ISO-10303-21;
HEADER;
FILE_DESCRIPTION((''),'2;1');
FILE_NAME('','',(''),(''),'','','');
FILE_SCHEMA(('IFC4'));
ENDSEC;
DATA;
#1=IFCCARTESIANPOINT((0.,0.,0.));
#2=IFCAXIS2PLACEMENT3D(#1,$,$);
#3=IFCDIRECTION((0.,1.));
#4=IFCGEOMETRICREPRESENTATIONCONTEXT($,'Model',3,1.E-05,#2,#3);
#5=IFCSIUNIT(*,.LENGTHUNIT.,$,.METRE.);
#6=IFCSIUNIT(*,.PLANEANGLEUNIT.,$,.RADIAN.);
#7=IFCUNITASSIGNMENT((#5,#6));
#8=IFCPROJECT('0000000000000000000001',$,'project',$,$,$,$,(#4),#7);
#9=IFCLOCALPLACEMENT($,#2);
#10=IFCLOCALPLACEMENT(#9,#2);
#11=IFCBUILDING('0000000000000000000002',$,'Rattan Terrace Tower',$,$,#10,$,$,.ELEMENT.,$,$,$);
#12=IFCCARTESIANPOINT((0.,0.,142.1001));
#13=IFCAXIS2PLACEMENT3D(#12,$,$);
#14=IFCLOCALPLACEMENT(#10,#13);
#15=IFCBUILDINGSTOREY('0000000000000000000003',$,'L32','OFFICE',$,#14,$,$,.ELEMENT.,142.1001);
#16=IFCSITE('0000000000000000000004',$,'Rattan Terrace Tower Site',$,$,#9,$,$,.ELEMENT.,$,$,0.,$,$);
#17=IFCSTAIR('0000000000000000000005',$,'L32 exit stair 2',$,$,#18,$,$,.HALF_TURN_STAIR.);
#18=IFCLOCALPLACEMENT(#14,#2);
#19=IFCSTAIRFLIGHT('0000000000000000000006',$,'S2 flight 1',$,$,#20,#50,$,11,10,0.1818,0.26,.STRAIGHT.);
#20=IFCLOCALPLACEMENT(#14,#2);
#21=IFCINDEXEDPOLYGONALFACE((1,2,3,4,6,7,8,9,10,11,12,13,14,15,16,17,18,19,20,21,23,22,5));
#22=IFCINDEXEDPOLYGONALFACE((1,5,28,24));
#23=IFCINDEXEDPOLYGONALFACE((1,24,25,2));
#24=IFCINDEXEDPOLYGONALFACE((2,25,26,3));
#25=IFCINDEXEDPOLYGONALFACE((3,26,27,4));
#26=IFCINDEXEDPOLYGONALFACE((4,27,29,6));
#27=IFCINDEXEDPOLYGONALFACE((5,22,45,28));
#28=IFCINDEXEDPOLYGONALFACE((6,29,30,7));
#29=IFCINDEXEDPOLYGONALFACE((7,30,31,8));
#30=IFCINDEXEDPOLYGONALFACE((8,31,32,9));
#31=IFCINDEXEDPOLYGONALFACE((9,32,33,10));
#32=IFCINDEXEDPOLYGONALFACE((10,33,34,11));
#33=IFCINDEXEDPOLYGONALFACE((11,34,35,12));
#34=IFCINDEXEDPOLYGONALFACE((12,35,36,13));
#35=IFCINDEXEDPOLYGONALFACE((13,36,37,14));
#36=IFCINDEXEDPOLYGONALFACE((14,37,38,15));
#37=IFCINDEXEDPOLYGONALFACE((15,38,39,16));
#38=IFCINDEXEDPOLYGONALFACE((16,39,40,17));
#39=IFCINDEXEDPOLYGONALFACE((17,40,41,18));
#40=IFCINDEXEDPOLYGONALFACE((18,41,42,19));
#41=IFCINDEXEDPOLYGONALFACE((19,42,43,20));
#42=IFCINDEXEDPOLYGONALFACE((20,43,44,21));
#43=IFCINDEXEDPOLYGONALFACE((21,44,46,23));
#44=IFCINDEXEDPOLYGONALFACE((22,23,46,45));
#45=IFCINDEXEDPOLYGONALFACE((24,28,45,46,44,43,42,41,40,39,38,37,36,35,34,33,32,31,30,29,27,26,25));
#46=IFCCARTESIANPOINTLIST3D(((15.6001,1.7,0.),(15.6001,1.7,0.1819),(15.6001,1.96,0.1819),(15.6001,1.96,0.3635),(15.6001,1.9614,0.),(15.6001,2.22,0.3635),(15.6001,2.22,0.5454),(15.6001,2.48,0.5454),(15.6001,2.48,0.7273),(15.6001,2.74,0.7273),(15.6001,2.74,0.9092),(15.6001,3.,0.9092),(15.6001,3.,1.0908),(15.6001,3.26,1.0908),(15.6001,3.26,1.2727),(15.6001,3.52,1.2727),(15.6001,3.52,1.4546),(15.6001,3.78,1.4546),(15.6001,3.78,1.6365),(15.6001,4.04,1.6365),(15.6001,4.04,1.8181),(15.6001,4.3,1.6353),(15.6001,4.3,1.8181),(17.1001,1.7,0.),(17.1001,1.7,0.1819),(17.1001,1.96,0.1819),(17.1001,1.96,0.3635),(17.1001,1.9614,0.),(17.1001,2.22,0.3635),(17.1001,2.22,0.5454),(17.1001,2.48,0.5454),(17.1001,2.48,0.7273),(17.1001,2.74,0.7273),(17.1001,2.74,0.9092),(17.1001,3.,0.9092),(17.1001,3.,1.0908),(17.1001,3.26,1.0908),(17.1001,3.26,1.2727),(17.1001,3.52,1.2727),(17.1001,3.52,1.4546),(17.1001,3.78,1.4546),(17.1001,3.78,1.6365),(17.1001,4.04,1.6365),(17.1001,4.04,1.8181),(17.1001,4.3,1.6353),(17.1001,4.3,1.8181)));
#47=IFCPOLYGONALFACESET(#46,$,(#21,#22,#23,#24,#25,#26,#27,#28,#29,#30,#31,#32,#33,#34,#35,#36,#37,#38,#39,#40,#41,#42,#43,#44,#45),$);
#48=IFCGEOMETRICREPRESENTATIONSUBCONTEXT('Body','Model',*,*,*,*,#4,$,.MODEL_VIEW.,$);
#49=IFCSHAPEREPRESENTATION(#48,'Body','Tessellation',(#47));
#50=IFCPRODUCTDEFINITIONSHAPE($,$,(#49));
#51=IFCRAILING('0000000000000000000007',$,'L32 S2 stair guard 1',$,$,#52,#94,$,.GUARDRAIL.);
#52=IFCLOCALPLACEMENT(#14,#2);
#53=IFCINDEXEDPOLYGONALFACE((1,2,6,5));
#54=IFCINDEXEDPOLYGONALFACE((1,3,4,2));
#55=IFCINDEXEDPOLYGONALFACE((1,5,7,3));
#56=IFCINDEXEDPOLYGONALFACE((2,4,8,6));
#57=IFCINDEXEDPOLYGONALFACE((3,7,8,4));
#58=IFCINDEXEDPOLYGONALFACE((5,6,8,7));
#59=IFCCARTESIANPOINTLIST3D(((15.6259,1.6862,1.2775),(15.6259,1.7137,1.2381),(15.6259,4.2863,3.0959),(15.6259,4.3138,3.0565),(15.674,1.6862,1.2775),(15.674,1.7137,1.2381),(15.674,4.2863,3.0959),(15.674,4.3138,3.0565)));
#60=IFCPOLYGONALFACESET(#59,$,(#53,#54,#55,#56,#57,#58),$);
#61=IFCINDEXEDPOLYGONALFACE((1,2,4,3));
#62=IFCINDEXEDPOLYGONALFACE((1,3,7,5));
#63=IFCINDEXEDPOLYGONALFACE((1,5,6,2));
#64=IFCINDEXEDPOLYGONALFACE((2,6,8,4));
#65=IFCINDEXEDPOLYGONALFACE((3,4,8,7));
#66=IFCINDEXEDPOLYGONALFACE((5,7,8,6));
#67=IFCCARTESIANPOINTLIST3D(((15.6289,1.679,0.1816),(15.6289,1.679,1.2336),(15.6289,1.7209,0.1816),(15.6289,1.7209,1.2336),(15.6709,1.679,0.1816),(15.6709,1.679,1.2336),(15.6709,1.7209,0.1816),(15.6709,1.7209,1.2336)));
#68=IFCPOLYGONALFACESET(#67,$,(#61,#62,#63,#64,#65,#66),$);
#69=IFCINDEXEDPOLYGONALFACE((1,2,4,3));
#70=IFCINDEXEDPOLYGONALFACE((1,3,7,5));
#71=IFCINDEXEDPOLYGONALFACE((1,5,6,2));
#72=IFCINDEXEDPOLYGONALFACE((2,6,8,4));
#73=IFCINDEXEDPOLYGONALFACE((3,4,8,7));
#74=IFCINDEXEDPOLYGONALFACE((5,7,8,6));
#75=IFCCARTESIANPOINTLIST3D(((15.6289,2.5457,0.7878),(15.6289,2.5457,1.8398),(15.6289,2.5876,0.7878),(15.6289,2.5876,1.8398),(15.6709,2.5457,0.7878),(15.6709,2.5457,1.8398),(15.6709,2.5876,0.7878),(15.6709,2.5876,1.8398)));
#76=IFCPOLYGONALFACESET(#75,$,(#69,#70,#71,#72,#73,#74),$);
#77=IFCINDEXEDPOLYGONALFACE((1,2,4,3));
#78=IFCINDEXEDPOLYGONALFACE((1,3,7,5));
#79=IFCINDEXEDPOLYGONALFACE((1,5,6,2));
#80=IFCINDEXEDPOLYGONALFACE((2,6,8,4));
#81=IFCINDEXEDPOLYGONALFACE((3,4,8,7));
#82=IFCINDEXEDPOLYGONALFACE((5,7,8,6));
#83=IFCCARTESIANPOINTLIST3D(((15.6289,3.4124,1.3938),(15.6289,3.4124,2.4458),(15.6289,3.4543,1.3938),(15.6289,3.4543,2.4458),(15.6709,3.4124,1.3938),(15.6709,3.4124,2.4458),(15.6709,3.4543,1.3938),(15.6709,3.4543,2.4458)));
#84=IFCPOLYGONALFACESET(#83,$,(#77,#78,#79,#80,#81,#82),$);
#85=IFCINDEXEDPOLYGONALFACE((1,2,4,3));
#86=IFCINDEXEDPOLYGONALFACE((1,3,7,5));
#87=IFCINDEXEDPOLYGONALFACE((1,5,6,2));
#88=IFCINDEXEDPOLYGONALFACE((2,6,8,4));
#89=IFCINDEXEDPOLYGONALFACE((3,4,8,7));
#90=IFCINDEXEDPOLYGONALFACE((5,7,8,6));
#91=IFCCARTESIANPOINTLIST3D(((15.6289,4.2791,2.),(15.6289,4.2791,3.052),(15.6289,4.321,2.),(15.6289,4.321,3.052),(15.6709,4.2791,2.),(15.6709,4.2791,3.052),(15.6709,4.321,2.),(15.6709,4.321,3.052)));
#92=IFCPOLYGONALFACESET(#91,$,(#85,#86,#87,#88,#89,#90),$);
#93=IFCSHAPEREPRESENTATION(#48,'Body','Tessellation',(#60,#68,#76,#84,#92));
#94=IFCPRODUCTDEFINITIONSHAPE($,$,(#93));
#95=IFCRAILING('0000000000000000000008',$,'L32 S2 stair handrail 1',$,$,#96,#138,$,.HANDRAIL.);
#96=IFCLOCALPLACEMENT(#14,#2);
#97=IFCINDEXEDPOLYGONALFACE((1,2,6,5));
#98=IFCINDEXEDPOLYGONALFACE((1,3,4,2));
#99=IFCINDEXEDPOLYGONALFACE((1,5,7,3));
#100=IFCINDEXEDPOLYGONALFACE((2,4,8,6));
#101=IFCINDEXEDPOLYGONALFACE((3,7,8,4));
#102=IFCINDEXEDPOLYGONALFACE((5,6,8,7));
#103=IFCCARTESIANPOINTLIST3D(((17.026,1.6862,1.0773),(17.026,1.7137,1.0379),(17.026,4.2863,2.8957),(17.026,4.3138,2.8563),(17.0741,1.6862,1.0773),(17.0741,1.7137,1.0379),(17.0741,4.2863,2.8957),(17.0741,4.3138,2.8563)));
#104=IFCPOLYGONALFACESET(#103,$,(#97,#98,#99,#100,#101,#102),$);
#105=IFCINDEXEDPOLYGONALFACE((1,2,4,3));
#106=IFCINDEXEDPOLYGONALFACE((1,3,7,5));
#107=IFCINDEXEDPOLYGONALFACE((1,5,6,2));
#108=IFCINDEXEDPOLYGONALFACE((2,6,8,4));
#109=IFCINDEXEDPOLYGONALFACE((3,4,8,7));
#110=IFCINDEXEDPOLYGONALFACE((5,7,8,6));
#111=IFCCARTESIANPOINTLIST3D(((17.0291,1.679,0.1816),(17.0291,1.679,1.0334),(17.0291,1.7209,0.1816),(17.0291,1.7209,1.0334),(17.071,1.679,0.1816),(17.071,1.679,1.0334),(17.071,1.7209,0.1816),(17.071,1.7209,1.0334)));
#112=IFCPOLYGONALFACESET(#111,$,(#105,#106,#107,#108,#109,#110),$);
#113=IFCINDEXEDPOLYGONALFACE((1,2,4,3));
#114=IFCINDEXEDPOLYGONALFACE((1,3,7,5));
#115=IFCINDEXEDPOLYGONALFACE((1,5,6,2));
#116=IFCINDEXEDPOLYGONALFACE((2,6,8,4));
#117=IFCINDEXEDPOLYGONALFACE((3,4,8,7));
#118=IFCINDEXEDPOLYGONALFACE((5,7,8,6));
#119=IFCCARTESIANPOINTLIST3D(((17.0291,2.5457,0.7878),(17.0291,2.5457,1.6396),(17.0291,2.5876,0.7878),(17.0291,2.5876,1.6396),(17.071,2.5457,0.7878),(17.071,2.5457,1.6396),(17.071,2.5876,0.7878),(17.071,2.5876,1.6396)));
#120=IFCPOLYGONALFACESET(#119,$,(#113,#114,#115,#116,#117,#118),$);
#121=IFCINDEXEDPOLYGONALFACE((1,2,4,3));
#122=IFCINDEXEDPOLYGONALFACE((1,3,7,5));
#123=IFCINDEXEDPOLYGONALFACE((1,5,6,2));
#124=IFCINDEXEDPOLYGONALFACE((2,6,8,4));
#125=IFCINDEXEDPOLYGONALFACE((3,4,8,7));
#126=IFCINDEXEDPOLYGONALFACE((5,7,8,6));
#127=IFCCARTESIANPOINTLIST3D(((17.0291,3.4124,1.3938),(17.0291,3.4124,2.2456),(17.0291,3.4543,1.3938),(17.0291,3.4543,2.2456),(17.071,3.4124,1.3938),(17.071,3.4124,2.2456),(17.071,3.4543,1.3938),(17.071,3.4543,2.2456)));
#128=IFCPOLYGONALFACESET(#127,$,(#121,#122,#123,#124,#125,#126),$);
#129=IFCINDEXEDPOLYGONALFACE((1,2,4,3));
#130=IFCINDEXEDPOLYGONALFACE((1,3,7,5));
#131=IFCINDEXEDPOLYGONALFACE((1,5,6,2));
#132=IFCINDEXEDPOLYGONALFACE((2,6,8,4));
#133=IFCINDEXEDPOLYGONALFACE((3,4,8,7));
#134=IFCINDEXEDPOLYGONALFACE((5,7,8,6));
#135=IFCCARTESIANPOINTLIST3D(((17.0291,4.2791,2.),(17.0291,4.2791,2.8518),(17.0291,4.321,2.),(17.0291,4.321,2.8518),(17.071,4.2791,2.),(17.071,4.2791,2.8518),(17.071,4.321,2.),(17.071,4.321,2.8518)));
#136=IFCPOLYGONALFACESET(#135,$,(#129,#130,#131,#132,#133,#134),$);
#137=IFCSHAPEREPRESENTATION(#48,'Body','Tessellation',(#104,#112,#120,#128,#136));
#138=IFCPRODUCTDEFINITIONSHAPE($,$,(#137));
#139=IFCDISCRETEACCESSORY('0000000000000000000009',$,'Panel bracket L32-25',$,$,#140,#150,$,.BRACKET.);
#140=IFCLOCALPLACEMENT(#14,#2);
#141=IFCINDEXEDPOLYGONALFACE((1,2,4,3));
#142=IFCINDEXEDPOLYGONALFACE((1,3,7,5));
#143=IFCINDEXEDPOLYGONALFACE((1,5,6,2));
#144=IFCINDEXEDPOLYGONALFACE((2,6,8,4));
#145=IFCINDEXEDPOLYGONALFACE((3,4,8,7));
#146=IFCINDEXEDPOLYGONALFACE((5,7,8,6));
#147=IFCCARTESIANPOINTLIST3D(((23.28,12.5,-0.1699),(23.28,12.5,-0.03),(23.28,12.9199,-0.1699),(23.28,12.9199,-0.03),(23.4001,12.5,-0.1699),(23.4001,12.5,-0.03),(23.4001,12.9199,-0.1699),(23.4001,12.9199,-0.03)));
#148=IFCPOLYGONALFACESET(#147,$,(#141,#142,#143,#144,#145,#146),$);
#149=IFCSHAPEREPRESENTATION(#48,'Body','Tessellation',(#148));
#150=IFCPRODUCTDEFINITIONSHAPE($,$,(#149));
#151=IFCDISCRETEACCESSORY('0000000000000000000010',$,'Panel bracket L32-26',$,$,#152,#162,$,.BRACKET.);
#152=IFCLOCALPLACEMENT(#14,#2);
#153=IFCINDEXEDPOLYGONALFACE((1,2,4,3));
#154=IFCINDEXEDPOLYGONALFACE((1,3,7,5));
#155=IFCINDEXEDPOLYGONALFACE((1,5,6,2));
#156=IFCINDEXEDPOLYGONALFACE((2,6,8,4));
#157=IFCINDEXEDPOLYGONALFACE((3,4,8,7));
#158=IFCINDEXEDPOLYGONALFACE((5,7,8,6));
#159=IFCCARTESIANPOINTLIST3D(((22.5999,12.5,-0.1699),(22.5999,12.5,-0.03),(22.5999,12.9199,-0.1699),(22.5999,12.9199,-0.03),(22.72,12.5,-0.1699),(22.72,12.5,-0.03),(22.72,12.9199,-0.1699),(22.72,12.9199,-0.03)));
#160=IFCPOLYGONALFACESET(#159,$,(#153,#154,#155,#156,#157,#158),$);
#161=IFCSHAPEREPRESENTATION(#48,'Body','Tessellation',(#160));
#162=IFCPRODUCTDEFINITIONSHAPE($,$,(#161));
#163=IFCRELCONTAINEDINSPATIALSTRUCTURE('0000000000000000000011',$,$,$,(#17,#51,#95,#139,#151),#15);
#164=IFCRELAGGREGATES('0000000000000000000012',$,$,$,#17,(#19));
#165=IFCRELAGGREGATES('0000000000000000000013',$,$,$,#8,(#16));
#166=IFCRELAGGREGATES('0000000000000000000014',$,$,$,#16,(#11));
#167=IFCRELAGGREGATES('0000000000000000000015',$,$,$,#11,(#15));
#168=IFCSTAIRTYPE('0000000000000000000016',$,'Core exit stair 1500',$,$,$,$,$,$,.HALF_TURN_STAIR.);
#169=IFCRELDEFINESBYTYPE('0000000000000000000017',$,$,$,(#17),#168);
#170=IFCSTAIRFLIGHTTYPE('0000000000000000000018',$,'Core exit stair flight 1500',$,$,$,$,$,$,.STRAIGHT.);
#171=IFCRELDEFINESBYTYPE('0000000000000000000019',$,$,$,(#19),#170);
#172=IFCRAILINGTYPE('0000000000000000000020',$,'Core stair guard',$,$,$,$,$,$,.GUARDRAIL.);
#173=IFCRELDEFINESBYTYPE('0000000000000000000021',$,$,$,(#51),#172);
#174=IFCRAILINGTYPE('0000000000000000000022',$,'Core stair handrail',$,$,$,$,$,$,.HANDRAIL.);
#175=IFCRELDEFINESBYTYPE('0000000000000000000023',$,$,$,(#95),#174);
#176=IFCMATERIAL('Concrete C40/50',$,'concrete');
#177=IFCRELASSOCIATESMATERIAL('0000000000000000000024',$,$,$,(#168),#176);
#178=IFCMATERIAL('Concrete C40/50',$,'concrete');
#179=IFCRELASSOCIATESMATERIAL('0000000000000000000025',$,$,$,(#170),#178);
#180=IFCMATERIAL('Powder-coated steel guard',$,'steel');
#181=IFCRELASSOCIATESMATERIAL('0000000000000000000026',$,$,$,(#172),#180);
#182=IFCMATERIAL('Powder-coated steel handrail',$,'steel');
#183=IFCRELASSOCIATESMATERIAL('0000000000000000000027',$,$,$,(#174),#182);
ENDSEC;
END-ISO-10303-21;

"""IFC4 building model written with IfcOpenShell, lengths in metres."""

from ifc_helpers import new_model, si_unit, direction, frame, origin, origin_2d, place, context, subcontext, project, spatial, polyline, rectangle, outline, extrude, material, type_object, element, aggregate, save


model = new_model("IFC4")

# Units and contexts
model_context = context("Model", 3, precision=1e-05, world=origin(), true_north=direction((0.0, 1.0)))
body_context = subcontext(model_context, "Body", "Model", "MODEL_VIEW")
ifc_project = project(units=[si_unit("LENGTHUNIT", "METRE"), si_unit("PLANEANGLEUNIT", "RADIAN")], contexts=[model_context])

# Site, building, storey
site_placement = place(None, origin())
site = spatial("IfcSite", under=ifc_project, at=site_placement, Name="Rattan Terrace Tower Site", CompositionType="ELEMENT", RefElevation=0.0)
building_placement = place(site_placement, origin())
building = spatial("IfcBuilding", under=site, at=building_placement, Name="Rattan Terrace Tower", CompositionType="ELEMENT")
storey_placement = place(building_placement, frame((0.0, 0.0, 142.1001)))
storey = spatial("IfcBuildingStorey", under=building, at=storey_placement, Name="L32", Description="OFFICE", CompositionType="ELEMENT", Elevation=142.1001)

# Stair, stair flight
ifc_material_1 = material(Name="Concrete C40/50", Category="concrete")
stair_type = type_object("IfcStairType", Name="Core exit stair 1500", PredefinedType="HALF_TURN_STAIR", material=ifc_material_1)
stair_placement = place(storey_placement, origin())
stair = element("IfcStair", 1, at=stair_placement, inside=storey, type_object=stair_type, Name="L32 exit stair 2", PredefinedType="HALF_TURN_STAIR")
ifc_material_2 = material(Name="Concrete C40/50", Category="concrete")
stair_flight_type = type_object("IfcStairFlightType", Name="Core exit stair flight 1500", PredefinedType="STRAIGHT", material=ifc_material_2)
stair_flight_placement = place(storey_placement, frame((16.3501, 1.7, 0.0), z_axis=(0.0, 0.0, 1.0), x_axis=(0.0, 1.0, 0.0)))
stair_flight = element("IfcStairFlight", 2, at=stair_flight_placement, type_object=stair_flight_type, Name="S2 flight 1", NumberOfRisers=11, NumberOfTreads=10, PredefinedType="STRAIGHT", RiserHeight=0.1818, TreadLength=0.26, context=body_context, shape_type="SweptSolid", body=[
    extrude(outline(polyline([(0.0, 0.0), (0.0, 0.1819), (0.26, 0.1819), (0.26, 0.3635), (0.52, 0.3635), (0.52, 0.5454), (0.78, 0.5454), (0.78, 0.7273), (1.04, 0.7273), (1.04, 0.9092), (1.3, 0.9092), (1.3, 1.0908), (1.5601, 1.0908), (1.5601, 1.2727), (1.8201, 1.2727), (1.8201, 1.4546), (2.0801, 1.4546), (2.0801, 1.6365), (2.3401, 1.6365), (2.3401, 1.8181), (2.6001, 1.8181), (2.6001, 2.0), (2.6001, 1.6353), (0.2615, 0.0), (0.0, 0.0)])), frame((0.0, 0.75, 0.0), z_axis=(0.0, -1.0, 0.0), x_axis=(1.0, 0.0, 0.0)), (0.0, 0.0, 1.0), 1.5),
])
aggregate(stair, [stair_flight])

# Railings
ifc_material_3 = material(Name="Powder-coated steel guard", Category="steel")
railing_type_1 = type_object("IfcRailingType", Name="Core stair guard", PredefinedType="GUARDRAIL", material=ifc_material_3)
railing_1_placement = place(storey_placement, frame((15.6499, 1.7, 0.1816)))
element("IfcRailing", 3, at=railing_1_placement, inside=storey, type_object=railing_type_1, Name="L32 S2 stair guard 1", PredefinedType="GUARDRAIL", context=body_context, shape_type="SweptSolid", body=[
    extrude(rectangle(XDim=0.0481, YDim=0.0481, at=origin_2d()), frame((0.0, 0.0, 1.0762), z_axis=(0.0, 0.819485, 0.573101), x_axis=(-1.0, 0.0, 0.0)), (0.0, 0.0, 1.0), 3.1729),
    extrude(rectangle(XDim=0.042, YDim=0.042, at=origin_2d()), origin(), (0.0, 0.0, 1.0), 1.052),
    extrude(rectangle(XDim=0.042, YDim=0.042, at=origin_2d()), frame((0.0, 0.8667, 0.6062)), (0.0, 0.0, 1.0), 1.052),
    extrude(rectangle(XDim=0.042, YDim=0.042, at=origin_2d()), frame((0.0, 1.7334, 1.2122)), (0.0, 0.0, 1.0), 1.052),
    extrude(rectangle(XDim=0.042, YDim=0.042, at=origin_2d()), frame((0.0, 2.6001, 1.8184)), (0.0, 0.0, 1.0), 1.052),
])
ifc_material_4 = material(Name="Powder-coated steel handrail", Category="steel")
railing_type_2 = type_object("IfcRailingType", Name="Core stair handrail", PredefinedType="HANDRAIL", material=ifc_material_4)
railing_2_placement = place(storey_placement, frame((17.05, 1.7, 0.1816)))
element("IfcRailing", 4, at=railing_2_placement, inside=storey, type_object=railing_type_2, Name="L32 S2 stair handrail 1", PredefinedType="HANDRAIL", context=body_context, shape_type="SweptSolid", body=[
    extrude(rectangle(XDim=0.0481, YDim=0.0481, at=origin_2d()), frame((0.0, 0.0, 0.876), z_axis=(0.0, 0.819485, 0.573101), x_axis=(-1.0, 0.0, 0.0)), (0.0, 0.0, 1.0), 3.1729),
    extrude(rectangle(XDim=0.042, YDim=0.042, at=origin_2d()), origin(), (0.0, 0.0, 1.0), 0.8518),
    extrude(rectangle(XDim=0.042, YDim=0.042, at=origin_2d()), frame((0.0, 0.8667, 0.6062)), (0.0, 0.0, 1.0), 0.8518),
    extrude(rectangle(XDim=0.042, YDim=0.042, at=origin_2d()), frame((0.0, 1.7334, 1.2122)), (0.0, 0.0, 1.0), 0.8518),
    extrude(rectangle(XDim=0.042, YDim=0.042, at=origin_2d()), frame((0.0, 2.6001, 1.8184)), (0.0, 0.0, 1.0), 0.8518),
])

# Discrete accessories
for number, where, z_axis, x_axis, name in (
    (5, (23.3401, 12.71, -0.1699), (0.0, 0.0, 1.0), (-1.0, 0.0, 0.0), "Panel bracket L32-25"),
    (6, (22.6599, 12.71, -0.1699), (0.0, 0.0, 1.0), (-1.0, 0.0, 0.0), "Panel bracket L32-26"),
):
    element("IfcDiscreteAccessory", number, at=place(storey_placement, frame(where, z_axis=z_axis, x_axis=x_axis)), inside=storey, Name=name, PredefinedType="BRACKET", context=body_context, shape_type="SweptSolid", body=[
        extrude(rectangle(XDim=0.1201, YDim=0.4199, at=origin_2d()), origin(), (0.0, 0.0, 1.0), 0.1399),
    ])

save(model, "model.ifc")
